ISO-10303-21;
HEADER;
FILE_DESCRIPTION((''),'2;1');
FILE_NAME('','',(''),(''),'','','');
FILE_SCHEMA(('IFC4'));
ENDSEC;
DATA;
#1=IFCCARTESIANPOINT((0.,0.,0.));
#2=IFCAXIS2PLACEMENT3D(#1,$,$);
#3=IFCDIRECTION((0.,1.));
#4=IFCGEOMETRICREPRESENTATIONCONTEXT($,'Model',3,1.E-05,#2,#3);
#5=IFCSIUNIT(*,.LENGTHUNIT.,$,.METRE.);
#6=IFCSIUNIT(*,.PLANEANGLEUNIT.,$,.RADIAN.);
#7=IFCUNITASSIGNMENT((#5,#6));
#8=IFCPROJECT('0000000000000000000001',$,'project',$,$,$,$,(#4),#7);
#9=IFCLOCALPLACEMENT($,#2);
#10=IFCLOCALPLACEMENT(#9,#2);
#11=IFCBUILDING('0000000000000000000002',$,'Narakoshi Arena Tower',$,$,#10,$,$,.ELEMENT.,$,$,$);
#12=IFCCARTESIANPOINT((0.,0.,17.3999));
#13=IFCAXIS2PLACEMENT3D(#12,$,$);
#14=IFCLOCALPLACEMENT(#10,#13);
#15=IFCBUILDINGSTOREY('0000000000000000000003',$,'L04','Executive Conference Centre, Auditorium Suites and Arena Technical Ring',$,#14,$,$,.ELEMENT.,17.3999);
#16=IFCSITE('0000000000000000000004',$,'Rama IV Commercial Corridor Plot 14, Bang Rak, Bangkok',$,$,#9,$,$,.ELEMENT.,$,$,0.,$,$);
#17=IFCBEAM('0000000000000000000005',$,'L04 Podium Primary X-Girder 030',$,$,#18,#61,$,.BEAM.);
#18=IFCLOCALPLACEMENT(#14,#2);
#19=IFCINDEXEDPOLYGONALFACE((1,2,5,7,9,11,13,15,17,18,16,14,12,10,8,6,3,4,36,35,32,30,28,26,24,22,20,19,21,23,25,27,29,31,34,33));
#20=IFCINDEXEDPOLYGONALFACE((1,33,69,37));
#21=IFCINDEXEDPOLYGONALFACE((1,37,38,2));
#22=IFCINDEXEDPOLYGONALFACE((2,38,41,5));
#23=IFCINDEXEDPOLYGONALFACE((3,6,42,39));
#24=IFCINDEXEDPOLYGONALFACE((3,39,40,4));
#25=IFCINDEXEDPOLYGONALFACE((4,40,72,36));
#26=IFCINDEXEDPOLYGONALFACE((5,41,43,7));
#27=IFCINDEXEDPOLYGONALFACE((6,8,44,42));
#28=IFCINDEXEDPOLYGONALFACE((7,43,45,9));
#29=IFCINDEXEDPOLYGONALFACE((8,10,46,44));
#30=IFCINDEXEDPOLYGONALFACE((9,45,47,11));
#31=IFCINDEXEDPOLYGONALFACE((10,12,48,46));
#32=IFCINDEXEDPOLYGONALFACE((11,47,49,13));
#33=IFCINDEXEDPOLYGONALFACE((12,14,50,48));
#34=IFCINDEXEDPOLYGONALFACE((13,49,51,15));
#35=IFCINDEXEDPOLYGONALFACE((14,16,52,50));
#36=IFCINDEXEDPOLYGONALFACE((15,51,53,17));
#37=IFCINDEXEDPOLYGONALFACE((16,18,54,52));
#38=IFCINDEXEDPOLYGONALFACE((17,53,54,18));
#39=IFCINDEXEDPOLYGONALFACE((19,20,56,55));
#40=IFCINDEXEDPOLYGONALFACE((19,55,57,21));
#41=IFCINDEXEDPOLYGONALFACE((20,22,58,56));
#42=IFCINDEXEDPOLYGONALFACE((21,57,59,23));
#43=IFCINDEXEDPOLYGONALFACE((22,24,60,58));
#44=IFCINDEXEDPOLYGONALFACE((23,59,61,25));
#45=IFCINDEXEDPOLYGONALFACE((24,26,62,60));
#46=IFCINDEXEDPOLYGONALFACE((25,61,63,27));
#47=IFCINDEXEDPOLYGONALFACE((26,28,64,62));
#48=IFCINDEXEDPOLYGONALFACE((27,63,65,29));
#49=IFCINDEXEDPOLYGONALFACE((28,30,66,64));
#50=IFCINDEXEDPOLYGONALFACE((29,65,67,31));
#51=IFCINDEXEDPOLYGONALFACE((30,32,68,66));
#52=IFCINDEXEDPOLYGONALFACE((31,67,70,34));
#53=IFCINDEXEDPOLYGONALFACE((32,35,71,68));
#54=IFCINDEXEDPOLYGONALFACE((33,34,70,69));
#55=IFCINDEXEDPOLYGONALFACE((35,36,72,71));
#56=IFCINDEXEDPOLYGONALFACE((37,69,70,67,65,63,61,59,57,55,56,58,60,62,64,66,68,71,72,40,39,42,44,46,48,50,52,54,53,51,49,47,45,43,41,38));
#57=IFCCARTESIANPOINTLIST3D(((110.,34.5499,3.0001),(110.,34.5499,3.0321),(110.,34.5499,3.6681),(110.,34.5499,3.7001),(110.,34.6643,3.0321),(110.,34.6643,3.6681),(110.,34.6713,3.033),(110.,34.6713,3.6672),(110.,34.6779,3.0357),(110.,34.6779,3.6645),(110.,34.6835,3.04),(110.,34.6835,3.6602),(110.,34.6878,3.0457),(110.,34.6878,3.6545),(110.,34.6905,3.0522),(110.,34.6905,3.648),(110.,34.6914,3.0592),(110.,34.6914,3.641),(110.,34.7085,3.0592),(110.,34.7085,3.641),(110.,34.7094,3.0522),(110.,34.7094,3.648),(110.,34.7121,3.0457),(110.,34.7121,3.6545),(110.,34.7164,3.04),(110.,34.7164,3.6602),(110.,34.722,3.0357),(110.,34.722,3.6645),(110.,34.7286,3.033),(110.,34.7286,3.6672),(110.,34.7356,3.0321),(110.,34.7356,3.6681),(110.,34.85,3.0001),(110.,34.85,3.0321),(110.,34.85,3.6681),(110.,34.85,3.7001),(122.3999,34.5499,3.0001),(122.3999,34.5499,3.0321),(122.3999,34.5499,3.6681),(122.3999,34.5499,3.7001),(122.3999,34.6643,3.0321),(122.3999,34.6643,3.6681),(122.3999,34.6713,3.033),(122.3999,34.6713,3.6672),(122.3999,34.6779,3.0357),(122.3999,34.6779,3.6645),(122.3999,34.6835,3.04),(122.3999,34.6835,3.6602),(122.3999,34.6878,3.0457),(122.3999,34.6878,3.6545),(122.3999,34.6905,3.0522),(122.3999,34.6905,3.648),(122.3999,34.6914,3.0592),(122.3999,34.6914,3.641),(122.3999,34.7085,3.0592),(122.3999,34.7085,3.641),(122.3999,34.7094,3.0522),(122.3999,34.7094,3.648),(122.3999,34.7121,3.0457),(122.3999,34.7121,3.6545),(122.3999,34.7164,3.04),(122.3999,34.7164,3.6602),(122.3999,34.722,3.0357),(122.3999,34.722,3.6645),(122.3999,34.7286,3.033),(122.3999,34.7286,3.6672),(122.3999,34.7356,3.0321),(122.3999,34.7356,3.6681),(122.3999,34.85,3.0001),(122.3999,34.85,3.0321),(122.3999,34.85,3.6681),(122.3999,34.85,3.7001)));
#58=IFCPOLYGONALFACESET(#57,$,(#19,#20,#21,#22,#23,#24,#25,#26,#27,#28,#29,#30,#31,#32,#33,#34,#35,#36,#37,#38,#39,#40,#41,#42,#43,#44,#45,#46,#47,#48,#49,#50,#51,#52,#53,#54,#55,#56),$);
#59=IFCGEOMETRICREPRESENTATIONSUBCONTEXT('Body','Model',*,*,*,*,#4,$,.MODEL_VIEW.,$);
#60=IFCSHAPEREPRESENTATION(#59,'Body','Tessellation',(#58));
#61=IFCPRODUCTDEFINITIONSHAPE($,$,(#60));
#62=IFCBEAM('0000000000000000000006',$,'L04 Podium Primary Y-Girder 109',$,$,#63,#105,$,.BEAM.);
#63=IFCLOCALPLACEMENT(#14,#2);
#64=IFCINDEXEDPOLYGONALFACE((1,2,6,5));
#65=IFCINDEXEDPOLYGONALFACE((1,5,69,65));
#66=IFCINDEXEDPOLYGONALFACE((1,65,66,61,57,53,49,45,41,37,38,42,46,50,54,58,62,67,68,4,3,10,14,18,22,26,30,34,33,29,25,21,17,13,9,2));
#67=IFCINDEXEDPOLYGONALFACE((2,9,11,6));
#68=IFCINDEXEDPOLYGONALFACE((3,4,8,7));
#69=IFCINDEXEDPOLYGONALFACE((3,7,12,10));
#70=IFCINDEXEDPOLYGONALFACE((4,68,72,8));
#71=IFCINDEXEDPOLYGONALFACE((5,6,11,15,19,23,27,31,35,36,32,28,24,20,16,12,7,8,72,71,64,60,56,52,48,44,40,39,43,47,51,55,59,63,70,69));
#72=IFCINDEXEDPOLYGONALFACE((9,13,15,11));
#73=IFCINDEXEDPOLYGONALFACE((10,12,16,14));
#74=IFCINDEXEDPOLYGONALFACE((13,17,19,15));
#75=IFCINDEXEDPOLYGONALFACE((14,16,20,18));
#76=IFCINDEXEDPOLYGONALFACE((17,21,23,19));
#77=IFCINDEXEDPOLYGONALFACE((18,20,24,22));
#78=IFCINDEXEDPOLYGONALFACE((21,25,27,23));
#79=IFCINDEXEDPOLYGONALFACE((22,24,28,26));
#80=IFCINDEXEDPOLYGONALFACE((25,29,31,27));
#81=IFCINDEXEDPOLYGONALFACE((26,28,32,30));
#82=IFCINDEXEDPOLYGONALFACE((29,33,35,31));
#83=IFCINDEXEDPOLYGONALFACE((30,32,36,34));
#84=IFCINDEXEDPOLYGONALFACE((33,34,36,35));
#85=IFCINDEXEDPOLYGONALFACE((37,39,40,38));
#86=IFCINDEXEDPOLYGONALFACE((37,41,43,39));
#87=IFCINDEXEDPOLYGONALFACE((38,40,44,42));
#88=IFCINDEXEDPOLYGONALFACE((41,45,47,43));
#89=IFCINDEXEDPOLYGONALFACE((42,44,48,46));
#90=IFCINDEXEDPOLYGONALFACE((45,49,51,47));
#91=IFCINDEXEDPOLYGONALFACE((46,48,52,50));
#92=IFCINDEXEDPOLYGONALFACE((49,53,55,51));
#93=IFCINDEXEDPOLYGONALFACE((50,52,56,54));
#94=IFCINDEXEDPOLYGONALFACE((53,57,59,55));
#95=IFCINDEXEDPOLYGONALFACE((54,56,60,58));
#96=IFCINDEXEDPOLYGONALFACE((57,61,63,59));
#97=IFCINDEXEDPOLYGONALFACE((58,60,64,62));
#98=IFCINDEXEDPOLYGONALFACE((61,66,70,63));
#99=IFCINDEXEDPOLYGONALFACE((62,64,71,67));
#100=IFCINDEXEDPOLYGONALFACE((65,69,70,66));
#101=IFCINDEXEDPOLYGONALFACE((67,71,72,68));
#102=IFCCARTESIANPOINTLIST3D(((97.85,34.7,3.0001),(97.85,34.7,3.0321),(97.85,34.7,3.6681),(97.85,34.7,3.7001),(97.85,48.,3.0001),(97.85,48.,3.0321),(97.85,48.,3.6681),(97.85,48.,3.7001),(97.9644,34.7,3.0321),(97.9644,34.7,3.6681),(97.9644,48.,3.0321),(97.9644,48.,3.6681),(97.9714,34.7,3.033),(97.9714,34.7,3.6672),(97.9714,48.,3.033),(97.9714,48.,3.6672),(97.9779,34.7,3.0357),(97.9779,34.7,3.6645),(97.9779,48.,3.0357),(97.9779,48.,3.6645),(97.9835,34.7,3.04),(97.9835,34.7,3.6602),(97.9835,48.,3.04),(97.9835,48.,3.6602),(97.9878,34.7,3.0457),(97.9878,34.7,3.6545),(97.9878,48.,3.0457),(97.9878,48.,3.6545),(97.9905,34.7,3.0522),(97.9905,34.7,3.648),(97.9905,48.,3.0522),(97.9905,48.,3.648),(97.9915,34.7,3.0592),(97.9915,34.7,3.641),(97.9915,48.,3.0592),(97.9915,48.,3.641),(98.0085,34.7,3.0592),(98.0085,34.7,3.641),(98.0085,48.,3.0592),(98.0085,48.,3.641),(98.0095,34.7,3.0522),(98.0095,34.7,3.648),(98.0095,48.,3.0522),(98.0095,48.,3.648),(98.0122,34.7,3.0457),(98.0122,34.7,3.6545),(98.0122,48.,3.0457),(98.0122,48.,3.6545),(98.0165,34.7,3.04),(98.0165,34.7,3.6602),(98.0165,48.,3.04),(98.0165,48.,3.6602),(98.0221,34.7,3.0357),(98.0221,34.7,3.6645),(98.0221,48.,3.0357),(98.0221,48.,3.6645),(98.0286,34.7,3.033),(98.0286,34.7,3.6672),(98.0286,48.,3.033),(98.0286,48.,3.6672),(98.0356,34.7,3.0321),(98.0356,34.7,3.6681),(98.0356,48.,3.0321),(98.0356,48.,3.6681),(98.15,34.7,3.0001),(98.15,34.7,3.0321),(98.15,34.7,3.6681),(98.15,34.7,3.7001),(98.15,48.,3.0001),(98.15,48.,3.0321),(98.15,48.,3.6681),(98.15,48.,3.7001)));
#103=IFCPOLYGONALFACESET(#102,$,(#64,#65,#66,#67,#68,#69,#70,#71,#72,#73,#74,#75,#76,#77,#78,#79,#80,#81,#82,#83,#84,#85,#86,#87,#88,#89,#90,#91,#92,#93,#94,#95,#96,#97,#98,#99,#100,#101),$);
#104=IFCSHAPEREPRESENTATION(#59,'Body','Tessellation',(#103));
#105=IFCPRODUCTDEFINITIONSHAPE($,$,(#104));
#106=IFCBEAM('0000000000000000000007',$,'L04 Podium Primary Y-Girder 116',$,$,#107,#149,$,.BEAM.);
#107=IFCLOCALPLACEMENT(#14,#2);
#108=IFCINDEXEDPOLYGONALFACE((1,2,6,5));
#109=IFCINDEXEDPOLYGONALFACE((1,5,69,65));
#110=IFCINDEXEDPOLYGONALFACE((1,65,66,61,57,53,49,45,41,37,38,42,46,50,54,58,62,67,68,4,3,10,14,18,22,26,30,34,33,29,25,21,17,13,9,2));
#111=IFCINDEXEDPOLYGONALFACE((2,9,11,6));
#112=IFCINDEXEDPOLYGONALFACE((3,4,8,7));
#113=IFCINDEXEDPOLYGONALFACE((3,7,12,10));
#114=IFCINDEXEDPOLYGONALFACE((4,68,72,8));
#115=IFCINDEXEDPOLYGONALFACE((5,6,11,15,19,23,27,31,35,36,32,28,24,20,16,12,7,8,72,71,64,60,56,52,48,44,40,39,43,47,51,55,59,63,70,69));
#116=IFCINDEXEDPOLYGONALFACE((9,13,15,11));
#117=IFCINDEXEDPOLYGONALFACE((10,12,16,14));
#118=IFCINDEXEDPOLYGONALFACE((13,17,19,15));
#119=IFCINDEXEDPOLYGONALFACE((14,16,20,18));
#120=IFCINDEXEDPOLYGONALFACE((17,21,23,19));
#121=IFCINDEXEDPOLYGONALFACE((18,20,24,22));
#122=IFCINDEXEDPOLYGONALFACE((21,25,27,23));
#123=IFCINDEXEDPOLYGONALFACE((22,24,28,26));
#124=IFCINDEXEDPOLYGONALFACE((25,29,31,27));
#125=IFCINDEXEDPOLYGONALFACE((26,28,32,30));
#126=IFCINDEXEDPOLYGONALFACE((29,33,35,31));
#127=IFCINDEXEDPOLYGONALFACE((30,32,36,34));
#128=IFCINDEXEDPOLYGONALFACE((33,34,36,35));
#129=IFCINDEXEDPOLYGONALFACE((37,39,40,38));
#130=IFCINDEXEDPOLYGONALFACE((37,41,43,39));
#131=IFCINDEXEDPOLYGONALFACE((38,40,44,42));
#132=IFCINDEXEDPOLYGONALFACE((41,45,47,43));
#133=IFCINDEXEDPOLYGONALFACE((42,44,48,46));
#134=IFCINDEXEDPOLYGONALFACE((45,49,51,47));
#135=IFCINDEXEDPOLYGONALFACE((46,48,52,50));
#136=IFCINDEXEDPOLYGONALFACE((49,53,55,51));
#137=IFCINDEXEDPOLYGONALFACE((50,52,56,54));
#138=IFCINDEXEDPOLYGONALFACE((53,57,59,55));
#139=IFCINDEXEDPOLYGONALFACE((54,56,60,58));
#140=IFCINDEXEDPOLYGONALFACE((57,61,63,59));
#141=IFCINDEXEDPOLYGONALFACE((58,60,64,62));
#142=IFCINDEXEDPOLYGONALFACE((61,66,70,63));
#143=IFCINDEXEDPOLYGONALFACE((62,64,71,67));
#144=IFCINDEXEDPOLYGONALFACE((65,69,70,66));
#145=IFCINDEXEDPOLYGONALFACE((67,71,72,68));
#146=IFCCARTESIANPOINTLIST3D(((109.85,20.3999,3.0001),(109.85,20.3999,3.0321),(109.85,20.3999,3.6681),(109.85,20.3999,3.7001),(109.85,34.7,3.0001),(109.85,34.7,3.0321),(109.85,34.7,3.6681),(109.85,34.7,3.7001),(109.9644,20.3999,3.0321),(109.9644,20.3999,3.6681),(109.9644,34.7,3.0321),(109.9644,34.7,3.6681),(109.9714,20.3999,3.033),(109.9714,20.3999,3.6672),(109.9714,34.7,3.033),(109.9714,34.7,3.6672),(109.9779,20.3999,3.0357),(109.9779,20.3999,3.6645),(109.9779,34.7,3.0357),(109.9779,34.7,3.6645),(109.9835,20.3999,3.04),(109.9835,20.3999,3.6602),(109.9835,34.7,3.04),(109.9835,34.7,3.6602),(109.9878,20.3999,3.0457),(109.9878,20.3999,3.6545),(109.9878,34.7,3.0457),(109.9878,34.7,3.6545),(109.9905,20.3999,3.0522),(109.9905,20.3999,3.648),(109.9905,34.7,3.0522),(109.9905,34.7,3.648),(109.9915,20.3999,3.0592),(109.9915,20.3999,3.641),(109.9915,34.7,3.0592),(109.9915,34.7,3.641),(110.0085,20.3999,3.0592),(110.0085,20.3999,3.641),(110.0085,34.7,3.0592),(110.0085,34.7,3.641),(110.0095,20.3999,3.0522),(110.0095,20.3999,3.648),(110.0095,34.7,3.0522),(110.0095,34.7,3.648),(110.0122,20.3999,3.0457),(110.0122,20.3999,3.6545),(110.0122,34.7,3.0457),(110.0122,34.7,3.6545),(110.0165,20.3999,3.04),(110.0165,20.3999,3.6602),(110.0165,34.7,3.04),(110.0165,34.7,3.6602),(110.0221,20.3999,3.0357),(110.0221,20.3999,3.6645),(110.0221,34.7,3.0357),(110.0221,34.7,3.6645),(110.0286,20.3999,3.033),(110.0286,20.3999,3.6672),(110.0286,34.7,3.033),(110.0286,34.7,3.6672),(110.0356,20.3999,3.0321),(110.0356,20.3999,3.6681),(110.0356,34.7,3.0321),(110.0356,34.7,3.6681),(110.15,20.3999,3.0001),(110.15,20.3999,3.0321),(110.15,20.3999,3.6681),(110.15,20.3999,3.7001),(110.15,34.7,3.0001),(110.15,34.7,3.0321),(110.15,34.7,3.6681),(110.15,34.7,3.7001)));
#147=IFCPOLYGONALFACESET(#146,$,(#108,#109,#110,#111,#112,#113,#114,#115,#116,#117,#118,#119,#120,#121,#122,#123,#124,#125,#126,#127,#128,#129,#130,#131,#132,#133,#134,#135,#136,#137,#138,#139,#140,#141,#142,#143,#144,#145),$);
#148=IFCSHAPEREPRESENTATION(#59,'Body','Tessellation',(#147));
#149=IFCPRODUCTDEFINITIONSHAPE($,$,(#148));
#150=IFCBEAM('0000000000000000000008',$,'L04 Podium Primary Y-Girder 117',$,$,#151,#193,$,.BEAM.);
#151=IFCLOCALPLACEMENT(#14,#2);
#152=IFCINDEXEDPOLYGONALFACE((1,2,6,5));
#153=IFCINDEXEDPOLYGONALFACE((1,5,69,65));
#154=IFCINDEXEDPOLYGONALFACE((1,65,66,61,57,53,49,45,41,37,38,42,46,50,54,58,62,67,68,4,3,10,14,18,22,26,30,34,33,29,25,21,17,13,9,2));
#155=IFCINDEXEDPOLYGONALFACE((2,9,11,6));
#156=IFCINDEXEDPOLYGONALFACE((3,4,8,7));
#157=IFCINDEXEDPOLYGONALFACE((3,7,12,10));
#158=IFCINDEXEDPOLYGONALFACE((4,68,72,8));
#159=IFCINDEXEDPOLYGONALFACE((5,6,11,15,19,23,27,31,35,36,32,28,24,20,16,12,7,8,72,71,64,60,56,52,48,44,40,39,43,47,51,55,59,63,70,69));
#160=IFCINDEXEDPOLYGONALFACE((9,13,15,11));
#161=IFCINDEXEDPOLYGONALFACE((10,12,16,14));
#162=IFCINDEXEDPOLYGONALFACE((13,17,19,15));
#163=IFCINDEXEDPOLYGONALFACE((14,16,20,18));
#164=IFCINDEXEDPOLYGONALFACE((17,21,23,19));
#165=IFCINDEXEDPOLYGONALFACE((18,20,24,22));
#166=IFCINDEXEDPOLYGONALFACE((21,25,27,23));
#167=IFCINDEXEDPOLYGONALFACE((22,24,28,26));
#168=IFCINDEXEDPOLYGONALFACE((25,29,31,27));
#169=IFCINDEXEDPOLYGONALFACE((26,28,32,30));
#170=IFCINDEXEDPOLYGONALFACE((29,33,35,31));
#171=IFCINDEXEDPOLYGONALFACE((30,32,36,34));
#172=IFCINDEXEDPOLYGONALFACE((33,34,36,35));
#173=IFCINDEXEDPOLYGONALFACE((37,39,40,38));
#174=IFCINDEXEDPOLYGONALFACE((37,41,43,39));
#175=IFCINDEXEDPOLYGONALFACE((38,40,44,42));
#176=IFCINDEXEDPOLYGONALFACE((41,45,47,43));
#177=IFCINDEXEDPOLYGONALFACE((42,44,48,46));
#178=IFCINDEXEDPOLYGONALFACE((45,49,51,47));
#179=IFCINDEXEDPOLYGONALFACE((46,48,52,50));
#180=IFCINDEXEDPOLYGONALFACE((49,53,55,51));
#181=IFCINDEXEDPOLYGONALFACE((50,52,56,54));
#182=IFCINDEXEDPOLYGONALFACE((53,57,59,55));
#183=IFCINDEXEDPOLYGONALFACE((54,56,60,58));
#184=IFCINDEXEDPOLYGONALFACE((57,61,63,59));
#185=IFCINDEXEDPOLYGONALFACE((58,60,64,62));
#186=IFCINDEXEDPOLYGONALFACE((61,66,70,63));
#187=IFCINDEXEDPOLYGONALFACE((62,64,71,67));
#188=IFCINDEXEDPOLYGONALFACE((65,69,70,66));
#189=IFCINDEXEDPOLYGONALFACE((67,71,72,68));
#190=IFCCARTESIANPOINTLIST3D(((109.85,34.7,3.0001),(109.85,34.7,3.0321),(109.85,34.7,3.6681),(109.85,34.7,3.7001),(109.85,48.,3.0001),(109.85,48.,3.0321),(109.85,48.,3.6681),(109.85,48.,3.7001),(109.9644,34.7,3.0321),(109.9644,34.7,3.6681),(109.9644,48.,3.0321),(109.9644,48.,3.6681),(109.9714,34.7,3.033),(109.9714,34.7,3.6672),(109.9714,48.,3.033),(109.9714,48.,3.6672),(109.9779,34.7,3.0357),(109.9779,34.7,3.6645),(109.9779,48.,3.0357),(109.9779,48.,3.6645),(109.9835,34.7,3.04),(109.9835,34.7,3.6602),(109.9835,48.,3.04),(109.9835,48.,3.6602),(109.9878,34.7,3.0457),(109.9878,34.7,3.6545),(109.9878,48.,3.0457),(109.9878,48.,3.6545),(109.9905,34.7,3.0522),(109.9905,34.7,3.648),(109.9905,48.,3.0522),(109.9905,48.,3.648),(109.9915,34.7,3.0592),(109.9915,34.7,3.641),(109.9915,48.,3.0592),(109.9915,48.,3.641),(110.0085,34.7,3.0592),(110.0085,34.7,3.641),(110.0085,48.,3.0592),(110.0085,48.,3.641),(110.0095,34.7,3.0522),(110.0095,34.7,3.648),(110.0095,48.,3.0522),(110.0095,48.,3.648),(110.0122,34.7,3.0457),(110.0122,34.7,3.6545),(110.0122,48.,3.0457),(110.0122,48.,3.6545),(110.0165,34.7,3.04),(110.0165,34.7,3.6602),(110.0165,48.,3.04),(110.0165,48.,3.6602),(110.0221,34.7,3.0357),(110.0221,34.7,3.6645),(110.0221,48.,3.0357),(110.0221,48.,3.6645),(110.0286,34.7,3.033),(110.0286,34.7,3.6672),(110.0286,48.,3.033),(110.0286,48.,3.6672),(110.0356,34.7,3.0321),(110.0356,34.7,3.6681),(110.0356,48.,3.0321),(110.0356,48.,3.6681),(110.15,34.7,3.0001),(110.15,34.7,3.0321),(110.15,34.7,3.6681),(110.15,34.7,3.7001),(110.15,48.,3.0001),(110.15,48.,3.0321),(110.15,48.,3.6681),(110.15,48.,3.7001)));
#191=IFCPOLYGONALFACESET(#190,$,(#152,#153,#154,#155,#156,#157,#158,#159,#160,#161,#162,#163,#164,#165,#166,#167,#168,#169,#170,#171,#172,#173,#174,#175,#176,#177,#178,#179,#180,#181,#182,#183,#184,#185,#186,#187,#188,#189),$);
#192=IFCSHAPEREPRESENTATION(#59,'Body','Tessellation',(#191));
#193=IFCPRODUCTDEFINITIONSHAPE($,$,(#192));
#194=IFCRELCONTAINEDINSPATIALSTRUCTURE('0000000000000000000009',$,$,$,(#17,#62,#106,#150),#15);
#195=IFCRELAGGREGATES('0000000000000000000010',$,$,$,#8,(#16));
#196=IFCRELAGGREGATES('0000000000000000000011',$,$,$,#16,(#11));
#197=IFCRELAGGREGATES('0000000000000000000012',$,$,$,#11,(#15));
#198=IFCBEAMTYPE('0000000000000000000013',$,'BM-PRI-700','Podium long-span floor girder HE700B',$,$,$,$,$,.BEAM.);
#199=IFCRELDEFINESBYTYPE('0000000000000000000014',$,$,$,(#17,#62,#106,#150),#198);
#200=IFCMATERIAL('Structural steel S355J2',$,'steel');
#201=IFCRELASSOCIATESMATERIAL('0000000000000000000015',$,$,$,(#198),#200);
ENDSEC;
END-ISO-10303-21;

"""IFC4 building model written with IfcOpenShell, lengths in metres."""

from ifc_helpers import new_model, si_unit, direction, frame, origin, origin_2d, place, context, subcontext, project, spatial, i_section, extrude, material, material_profile, profile_set, type_object, element, save


model = new_model("IFC4")

# Units and contexts
model_context = context("Model", 3, precision=1e-05, world=origin(), true_north=direction((0.0, 1.0)))
body_context = subcontext(model_context, "Body", "Model", "MODEL_VIEW")
ifc_project = project(units=[si_unit("LENGTHUNIT", "METRE"), si_unit("PLANEANGLEUNIT", "RADIAN")], contexts=[model_context])

# Site, building, storey
site_placement = place(None, origin())
site = spatial("IfcSite", under=ifc_project, at=site_placement, Name="Rama IV Commercial Corridor Plot 14, Bang Rak, Bangkok", CompositionType="ELEMENT", RefElevation=0.0)
building_placement = place(site_placement, origin())
building = spatial("IfcBuilding", under=site, at=building_placement, Name="Narakoshi Arena Tower", CompositionType="ELEMENT")
storey_placement = place(building_placement, frame((0.0, 0.0, 17.3999)))
storey = spatial("IfcBuildingStorey", under=building, at=storey_placement, Name="L04", Description="Executive Conference Centre, Auditorium Suites and Arena Technical Ring", CompositionType="ELEMENT", Elevation=17.3999)

# Beams
ifc_material_1 = material(Name="Structural steel S355J2", Category="steel")
ifc_material_profile_1 = material_profile(ifc_material_1, i_section(OverallWidth=0.3, OverallDepth=0.7, WebThickness=0.0171, FlangeThickness=0.032, FilletRadius=0.0271, at=origin_2d()), Name="HE700B")
ifc_profile_set_1 = profile_set([ifc_material_profile_1], Name="Structural steel S355J2")
beam_type_1 = type_object("IfcBeamType", Name="BM-PRI-700", Description="Podium long-span floor girder HE700B", PredefinedType="BEAM", material=ifc_profile_set_1)
beam_1_placement = place(storey_placement, frame((110.0, 34.7, 3.3501), z_axis=(1.0, 0.0, 0.0), x_axis=(0.0, 1.0, 0.0)))
element("IfcBeam", 1, at=beam_1_placement, inside=storey, type_object=beam_type_1, Name="L04 Podium Primary X-Girder 030", PredefinedType="BEAM", context=body_context, shape_type="SweptSolid", body=[
    extrude(i_section(OverallWidth=0.3, OverallDepth=0.7, WebThickness=0.0171, FlangeThickness=0.032, FilletRadius=0.0271, at=origin_2d()), origin(), (0.0, 0.0, 1.0), 12.3999),
])
beam_2_placement = place(storey_placement, frame((98.0, 34.7, 3.3501), z_axis=(0.0, 1.0, 0.0), x_axis=(-1.0, 0.0, 0.0)))
element("IfcBeam", 2, at=beam_2_placement, inside=storey, type_object=beam_type_1, Name="L04 Podium Primary Y-Girder 109", PredefinedType="BEAM", context=body_context, shape_type="SweptSolid", body=[
    extrude(i_section(OverallWidth=0.3, OverallDepth=0.7, WebThickness=0.0171, FlangeThickness=0.032, FilletRadius=0.0271, at=origin_2d()), origin(), (0.0, 0.0, 1.0), 13.3),
])
beam_3_placement = place(storey_placement, frame((110.0, 20.3999, 3.3501), z_axis=(0.0, 1.0, 0.0), x_axis=(-1.0, 0.0, 0.0)))
element("IfcBeam", 3, at=beam_3_placement, inside=storey, type_object=beam_type_1, Name="L04 Podium Primary Y-Girder 116", PredefinedType="BEAM", context=body_context, shape_type="SweptSolid", body=[
    extrude(i_section(OverallWidth=0.3, OverallDepth=0.7, WebThickness=0.0171, FlangeThickness=0.032, FilletRadius=0.0271, at=origin_2d()), origin(), (0.0, 0.0, 1.0), 14.3),
])
beam_4_placement = place(storey_placement, frame((110.0, 34.7, 3.3501), z_axis=(0.0, 1.0, 0.0), x_axis=(-1.0, 0.0, 0.0)))
element("IfcBeam", 4, at=beam_4_placement, inside=storey, type_object=beam_type_1, Name="L04 Podium Primary Y-Girder 117", PredefinedType="BEAM", context=body_context, shape_type="SweptSolid", body=[
    extrude(i_section(OverallWidth=0.3, OverallDepth=0.7, WebThickness=0.0171, FlangeThickness=0.032, FilletRadius=0.0271, at=origin_2d()), origin(), (0.0, 0.0, 1.0), 13.3),
])

save(model, "model.ifc")
